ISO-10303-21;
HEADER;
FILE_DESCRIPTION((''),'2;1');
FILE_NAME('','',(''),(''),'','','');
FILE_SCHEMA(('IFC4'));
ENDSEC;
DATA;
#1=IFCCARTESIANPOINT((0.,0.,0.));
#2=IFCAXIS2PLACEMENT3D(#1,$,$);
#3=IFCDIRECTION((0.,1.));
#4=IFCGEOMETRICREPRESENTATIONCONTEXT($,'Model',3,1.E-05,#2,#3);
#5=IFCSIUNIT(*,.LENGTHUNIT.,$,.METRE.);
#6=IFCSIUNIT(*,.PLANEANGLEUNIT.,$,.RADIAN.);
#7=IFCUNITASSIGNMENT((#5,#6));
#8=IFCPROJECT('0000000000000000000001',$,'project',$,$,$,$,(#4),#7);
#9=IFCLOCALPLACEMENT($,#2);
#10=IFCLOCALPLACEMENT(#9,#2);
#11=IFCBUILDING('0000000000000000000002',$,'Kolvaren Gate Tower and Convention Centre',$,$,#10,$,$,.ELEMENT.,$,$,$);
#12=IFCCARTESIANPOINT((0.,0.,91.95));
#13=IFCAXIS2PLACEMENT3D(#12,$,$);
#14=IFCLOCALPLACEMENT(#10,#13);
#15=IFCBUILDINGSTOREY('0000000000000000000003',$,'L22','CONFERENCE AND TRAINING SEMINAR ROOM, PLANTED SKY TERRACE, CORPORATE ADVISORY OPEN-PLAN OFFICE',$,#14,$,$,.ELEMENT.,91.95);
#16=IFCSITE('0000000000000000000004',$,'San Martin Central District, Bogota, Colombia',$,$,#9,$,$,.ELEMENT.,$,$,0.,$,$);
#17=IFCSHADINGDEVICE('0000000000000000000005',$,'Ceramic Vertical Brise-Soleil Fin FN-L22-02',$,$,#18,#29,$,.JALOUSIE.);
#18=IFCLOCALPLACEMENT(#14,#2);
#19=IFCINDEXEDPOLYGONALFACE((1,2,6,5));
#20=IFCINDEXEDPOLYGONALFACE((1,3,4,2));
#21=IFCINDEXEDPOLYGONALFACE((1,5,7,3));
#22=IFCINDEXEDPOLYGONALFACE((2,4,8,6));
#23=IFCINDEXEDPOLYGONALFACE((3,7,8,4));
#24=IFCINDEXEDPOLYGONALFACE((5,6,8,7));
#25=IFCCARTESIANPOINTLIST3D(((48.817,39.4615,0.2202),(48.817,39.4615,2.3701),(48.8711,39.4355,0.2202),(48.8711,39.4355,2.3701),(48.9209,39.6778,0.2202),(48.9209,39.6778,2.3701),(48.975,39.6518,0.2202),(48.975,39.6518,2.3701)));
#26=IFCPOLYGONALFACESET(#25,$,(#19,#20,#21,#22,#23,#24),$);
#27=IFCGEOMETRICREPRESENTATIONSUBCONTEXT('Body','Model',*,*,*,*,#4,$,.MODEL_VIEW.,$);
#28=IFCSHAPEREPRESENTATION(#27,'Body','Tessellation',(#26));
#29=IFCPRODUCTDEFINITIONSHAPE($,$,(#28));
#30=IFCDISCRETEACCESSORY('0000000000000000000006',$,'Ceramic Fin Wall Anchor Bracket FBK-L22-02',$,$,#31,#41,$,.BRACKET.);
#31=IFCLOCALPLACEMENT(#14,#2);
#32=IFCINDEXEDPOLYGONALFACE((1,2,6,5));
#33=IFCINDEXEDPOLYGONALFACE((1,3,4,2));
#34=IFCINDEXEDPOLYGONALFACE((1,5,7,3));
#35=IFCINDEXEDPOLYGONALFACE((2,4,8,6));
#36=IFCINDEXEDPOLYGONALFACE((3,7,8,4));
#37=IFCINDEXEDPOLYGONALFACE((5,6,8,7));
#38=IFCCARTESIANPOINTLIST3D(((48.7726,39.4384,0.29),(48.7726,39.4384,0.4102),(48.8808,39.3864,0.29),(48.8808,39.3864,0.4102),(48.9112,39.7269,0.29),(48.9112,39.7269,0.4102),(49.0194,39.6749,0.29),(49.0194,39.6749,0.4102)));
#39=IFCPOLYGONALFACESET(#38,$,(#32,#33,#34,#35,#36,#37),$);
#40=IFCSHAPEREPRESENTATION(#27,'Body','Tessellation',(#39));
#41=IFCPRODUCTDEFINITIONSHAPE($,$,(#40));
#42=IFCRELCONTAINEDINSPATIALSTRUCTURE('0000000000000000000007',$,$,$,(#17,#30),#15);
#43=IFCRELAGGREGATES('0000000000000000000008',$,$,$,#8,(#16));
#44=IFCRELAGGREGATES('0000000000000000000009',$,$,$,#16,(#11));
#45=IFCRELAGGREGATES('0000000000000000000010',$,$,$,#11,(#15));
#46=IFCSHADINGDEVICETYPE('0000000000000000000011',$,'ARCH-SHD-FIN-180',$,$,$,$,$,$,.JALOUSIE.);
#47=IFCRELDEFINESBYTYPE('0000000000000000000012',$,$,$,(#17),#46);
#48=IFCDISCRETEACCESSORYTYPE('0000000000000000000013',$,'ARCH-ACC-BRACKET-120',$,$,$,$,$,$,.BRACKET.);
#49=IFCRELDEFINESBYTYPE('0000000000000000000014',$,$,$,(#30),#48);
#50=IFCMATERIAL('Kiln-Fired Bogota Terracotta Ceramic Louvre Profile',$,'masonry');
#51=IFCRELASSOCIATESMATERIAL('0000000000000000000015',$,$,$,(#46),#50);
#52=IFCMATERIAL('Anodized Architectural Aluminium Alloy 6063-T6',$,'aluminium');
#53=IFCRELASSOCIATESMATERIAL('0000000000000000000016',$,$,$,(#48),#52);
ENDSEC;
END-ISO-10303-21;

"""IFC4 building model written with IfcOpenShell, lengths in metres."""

from ifc_helpers import new_model, si_unit, direction, frame, origin, origin_2d, place, context, subcontext, project, spatial, rectangle, extrude, material, type_object, element, save


model = new_model("IFC4")

# Units and contexts
model_context = context("Model", 3, precision=1e-05, world=origin(), true_north=direction((0.0, 1.0)))
body_context = subcontext(model_context, "Body", "Model", "MODEL_VIEW")
ifc_project = project(units=[si_unit("LENGTHUNIT", "METRE"), si_unit("PLANEANGLEUNIT", "RADIAN")], contexts=[model_context])

# Site, building, storey
site_placement = place(None, origin())
site = spatial("IfcSite", under=ifc_project, at=site_placement, Name="San Martin Central District, Bogota, Colombia", CompositionType="ELEMENT", RefElevation=0.0)
building_placement = place(site_placement, origin())
building = spatial("IfcBuilding", under=site, at=building_placement, Name="Kolvaren Gate Tower and Convention Centre", CompositionType="ELEMENT")
storey_placement = place(building_placement, frame((0.0, 0.0, 91.95)))
storey = spatial("IfcBuildingStorey", under=building, at=storey_placement, Name="L22", Description="CONFERENCE AND TRAINING SEMINAR ROOM, PLANTED SKY TERRACE, CORPORATE ADVISORY OPEN-PLAN OFFICE", CompositionType="ELEMENT", Elevation=91.95)

# Shared definitions
ifc_material_1 = material(Name="Anodized Architectural Aluminium Alloy 6063-T6", Category="aluminium")

# Shading device
ifc_material_2 = material(Name="Kiln-Fired Bogota Terracotta Ceramic Louvre Profile", Category="masonry")
shading_device_type = type_object("IfcShadingDeviceType", Name="ARCH-SHD-FIN-180", PredefinedType="JALOUSIE", material=ifc_material_2)
shading_device_placement = place(storey_placement, frame((48.896, 39.5566, 0.2202), z_axis=(0.0, 0.0, 1.0), x_axis=(0.901358, -0.433076, 0.0)))
element("IfcShadingDevice", 1, at=shading_device_placement, inside=storey, type_object=shading_device_type, Name="Ceramic Vertical Brise-Soleil Fin FN-L22-02", PredefinedType="JALOUSIE", context=body_context, shape_type="SweptSolid", body=[
    extrude(rectangle(XDim=0.0601, YDim=0.24, at=origin_2d()), origin(), (0.0, 0.0, 1.0), 2.1499),
])

# Discrete accessory
discrete_accessory_type = type_object("IfcDiscreteAccessoryType", Name="ARCH-ACC-BRACKET-120", PredefinedType="BRACKET", material=ifc_material_1)
discrete_accessory_placement = place(storey_placement, frame((48.896, 39.5566, 0.29), z_axis=(0.0, 0.0, 1.0), x_axis=(0.901358, -0.433076, 0.0)))
element("IfcDiscreteAccessory", 2, at=discrete_accessory_placement, inside=storey, type_object=discrete_accessory_type, Name="Ceramic Fin Wall Anchor Bracket FBK-L22-02", PredefinedType="BRACKET", context=body_context, shape_type="SweptSolid", body=[
    extrude(rectangle(XDim=0.1201, YDim=0.3201, at=origin_2d()), origin(), (0.0, 0.0, 1.0), 0.1201),
])

save(model, "model.ifc")
